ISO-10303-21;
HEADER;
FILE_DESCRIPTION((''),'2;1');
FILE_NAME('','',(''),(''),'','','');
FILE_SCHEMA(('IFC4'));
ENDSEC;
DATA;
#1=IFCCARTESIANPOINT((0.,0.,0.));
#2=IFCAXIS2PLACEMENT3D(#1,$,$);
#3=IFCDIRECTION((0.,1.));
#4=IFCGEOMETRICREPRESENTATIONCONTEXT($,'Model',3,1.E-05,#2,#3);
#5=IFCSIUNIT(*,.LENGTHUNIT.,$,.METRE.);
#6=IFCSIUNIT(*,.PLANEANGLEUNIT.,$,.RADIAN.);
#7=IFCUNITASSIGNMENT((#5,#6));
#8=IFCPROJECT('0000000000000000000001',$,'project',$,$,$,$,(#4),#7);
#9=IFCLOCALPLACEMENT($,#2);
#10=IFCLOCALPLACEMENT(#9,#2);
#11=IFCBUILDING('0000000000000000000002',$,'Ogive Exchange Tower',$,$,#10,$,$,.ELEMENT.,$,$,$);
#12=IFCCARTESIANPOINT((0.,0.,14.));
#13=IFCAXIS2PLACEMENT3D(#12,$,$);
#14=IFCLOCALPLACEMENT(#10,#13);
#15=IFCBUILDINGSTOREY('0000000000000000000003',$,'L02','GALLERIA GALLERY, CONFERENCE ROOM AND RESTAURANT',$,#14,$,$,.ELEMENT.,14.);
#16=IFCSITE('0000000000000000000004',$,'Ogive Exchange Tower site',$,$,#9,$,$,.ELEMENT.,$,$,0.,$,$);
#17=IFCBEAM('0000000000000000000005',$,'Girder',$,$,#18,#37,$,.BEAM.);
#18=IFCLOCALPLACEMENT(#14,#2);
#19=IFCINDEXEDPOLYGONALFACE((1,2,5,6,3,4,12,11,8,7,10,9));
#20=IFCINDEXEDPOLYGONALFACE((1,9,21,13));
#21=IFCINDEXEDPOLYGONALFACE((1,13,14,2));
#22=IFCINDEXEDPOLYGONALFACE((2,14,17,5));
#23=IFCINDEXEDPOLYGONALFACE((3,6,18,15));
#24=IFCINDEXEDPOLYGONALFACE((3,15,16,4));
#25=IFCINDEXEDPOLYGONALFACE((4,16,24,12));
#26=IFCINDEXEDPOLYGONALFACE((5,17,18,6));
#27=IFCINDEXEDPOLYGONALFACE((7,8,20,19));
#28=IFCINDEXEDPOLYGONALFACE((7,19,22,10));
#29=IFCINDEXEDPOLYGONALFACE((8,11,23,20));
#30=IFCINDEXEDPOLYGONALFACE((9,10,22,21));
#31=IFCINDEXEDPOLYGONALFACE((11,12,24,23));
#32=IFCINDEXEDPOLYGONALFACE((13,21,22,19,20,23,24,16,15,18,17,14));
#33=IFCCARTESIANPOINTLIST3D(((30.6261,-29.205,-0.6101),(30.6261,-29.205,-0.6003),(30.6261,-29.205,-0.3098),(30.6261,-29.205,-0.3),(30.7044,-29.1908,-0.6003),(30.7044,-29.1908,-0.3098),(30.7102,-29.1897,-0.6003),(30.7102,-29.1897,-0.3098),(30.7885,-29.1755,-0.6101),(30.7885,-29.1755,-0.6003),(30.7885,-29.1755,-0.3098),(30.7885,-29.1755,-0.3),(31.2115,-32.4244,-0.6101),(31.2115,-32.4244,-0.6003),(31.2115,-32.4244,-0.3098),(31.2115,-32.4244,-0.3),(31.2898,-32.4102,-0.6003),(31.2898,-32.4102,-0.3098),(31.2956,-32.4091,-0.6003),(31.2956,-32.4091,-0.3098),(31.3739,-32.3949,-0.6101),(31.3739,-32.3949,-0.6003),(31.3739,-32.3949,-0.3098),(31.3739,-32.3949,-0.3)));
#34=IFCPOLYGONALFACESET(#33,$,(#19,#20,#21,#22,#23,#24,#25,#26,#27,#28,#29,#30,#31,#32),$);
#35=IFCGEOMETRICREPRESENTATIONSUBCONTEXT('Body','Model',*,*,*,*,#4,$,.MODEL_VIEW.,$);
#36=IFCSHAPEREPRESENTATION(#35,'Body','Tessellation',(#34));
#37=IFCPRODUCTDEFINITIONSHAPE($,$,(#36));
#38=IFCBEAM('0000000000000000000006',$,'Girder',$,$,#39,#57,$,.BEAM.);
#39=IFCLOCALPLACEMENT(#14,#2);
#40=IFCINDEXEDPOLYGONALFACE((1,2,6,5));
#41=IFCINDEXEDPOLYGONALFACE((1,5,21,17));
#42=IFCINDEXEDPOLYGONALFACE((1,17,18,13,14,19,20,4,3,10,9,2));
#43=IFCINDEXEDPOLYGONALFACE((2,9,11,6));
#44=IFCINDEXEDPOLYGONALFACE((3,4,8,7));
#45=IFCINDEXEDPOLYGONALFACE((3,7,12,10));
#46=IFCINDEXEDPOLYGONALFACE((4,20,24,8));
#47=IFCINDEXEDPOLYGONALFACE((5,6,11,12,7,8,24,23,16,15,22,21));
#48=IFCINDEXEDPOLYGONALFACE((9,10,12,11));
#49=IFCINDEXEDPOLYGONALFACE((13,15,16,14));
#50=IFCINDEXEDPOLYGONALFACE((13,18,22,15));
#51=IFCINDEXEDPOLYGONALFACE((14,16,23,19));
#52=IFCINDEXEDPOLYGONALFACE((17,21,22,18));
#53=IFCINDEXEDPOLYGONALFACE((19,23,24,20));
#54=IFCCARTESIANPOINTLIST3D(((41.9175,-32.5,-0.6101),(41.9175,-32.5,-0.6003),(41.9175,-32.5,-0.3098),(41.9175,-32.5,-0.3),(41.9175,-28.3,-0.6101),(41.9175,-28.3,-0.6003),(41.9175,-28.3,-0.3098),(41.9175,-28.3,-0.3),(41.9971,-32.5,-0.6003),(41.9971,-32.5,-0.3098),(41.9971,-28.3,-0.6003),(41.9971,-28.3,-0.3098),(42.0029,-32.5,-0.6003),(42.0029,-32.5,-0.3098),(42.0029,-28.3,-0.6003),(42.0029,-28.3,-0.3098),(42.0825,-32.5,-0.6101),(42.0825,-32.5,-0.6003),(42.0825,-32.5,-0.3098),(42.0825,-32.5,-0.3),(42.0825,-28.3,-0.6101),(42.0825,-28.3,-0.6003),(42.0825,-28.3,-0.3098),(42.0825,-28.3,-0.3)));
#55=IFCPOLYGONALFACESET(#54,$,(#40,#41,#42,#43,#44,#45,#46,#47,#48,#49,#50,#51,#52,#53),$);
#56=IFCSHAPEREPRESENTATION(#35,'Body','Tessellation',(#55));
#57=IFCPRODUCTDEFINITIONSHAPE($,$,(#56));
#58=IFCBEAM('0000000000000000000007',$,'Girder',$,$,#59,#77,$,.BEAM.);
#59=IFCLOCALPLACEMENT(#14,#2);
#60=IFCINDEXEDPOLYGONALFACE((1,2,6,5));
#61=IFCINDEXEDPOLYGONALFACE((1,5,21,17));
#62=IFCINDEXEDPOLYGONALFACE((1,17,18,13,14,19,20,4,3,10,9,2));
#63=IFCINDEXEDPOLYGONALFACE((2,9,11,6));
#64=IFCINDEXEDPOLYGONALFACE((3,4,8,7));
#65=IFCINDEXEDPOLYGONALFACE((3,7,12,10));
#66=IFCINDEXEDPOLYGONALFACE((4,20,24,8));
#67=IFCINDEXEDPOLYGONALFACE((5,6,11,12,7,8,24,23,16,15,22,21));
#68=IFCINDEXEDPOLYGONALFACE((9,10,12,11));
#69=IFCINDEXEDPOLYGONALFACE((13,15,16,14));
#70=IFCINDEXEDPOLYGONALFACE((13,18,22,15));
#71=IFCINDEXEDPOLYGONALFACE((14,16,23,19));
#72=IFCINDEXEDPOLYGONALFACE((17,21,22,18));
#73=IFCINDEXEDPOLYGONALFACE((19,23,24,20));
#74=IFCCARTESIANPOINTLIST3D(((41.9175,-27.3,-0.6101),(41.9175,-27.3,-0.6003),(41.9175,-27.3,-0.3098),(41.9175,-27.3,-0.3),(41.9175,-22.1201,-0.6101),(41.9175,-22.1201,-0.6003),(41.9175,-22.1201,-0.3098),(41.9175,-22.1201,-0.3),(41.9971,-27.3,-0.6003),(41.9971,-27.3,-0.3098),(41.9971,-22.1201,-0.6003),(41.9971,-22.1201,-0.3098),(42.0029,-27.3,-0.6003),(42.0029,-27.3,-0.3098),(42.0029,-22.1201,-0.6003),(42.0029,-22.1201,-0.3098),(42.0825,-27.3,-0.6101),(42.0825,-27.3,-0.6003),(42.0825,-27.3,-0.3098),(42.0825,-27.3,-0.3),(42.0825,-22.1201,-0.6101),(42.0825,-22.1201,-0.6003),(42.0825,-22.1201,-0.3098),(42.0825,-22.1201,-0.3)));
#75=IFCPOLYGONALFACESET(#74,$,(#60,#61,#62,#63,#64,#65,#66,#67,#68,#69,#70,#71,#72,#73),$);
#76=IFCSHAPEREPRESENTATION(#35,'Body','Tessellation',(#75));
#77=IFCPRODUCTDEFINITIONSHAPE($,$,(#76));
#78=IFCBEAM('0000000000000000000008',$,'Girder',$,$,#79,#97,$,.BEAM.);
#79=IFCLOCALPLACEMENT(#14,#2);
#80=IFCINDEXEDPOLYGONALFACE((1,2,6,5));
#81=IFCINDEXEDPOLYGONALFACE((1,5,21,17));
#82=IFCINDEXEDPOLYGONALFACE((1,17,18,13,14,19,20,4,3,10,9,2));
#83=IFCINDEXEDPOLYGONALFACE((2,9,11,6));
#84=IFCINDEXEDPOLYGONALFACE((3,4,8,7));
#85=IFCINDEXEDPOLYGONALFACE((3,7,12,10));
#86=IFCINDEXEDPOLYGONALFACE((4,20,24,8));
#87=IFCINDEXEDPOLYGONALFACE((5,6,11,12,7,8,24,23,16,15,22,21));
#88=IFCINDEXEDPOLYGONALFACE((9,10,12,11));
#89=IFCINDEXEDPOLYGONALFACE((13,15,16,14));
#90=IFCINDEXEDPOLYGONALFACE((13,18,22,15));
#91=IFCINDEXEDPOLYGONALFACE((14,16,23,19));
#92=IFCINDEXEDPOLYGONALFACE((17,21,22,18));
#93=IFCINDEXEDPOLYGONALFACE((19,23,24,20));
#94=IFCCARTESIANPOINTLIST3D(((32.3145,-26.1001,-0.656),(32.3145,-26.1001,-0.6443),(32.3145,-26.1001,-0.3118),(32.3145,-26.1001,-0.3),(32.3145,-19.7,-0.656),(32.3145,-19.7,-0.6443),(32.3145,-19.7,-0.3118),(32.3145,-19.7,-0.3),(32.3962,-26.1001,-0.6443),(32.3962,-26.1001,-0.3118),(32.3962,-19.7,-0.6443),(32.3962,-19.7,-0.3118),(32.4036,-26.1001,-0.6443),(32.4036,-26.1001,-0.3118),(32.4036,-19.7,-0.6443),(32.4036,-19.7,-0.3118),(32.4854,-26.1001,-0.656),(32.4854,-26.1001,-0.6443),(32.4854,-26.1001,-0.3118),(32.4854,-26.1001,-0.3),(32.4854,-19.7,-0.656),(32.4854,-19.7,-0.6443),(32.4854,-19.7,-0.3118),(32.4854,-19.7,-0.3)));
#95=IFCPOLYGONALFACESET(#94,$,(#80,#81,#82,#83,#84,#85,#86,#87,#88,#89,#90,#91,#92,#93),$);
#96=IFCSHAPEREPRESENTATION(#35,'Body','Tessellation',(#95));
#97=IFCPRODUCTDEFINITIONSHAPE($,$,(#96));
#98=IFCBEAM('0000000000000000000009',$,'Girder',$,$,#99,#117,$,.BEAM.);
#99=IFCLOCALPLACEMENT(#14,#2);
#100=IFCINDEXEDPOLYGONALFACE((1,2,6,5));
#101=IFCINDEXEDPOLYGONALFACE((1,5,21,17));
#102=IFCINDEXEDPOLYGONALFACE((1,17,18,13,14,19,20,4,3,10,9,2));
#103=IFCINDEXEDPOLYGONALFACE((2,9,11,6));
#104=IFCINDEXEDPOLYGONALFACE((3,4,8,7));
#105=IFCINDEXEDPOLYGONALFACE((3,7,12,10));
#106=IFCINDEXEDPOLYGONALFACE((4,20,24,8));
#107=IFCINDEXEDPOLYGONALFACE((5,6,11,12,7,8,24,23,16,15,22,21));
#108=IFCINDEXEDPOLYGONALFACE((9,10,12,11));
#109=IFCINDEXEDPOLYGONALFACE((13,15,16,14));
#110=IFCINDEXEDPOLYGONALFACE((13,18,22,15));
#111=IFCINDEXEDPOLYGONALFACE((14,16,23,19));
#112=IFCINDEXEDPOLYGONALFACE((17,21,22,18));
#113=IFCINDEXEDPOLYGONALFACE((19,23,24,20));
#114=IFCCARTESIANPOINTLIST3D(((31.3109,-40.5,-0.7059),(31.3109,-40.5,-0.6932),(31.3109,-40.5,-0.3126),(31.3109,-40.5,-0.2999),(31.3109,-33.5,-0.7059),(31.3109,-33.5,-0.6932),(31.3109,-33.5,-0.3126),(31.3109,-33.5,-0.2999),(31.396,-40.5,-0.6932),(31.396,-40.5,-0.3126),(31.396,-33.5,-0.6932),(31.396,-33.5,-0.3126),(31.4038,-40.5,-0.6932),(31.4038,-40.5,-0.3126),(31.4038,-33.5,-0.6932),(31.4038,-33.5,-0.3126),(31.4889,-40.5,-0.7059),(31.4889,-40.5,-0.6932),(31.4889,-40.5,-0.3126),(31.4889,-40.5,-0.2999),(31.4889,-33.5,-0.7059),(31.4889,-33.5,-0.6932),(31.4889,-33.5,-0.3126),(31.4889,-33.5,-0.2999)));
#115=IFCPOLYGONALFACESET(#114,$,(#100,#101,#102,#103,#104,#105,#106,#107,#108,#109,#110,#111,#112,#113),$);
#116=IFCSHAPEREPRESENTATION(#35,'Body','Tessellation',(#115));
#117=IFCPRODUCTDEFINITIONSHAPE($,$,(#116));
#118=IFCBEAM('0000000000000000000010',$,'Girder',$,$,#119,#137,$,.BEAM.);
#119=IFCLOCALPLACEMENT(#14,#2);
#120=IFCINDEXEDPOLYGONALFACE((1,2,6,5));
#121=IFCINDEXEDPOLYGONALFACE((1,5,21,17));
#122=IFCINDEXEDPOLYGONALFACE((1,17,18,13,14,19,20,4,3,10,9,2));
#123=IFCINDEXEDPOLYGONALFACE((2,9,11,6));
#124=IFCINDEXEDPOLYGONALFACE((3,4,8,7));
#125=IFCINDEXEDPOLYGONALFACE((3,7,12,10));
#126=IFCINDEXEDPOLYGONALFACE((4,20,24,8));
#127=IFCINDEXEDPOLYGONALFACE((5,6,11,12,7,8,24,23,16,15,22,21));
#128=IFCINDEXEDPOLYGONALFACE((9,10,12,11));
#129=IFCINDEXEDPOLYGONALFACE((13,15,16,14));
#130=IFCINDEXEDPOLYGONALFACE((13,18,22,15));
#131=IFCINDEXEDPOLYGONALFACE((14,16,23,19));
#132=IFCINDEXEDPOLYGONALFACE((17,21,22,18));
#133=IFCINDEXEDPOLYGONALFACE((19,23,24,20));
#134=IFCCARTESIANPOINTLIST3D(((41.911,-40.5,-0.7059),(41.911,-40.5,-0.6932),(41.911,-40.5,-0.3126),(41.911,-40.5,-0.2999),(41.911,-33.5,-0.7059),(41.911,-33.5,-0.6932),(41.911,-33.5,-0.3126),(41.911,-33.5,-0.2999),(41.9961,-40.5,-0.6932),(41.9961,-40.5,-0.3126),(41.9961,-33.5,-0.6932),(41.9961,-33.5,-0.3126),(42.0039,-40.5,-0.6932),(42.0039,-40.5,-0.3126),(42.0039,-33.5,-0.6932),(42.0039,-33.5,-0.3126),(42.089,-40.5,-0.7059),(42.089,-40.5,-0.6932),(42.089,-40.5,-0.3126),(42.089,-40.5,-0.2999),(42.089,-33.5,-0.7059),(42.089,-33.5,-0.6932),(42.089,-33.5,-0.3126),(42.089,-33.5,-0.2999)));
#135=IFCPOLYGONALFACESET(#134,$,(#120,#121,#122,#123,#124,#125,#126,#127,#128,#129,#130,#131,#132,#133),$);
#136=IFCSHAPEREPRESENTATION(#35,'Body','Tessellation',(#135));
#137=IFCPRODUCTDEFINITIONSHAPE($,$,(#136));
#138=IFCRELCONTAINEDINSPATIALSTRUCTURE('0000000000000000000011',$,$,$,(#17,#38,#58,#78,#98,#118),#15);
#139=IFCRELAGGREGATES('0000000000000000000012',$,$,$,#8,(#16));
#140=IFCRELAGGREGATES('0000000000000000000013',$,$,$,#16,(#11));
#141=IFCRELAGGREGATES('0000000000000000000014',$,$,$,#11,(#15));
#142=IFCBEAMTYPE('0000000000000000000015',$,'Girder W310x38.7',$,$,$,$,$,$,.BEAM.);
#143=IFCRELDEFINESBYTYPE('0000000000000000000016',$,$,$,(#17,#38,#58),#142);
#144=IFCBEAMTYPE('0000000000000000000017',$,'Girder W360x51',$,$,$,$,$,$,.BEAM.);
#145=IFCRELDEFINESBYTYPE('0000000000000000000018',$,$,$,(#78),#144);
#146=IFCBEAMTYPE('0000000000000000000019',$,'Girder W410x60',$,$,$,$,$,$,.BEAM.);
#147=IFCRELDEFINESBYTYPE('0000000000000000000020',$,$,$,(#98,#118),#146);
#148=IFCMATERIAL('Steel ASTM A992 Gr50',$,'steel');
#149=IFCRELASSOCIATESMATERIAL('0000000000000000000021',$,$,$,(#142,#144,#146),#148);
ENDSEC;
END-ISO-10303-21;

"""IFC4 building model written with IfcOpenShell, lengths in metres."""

from ifc_helpers import new_model, si_unit, direction, frame, origin, origin_2d, place, context, subcontext, project, spatial, i_section, extrude, material, material_profile, profile_set, type_object, element, save


model = new_model("IFC4")

# Units and contexts
model_context = context("Model", 3, precision=1e-05, world=origin(), true_north=direction((0.0, 1.0)))
body_context = subcontext(model_context, "Body", "Model", "MODEL_VIEW")
ifc_project = project(units=[si_unit("LENGTHUNIT", "METRE"), si_unit("PLANEANGLEUNIT", "RADIAN")], contexts=[model_context])

# Site, building, storey
site_placement = place(None, origin())
site = spatial("IfcSite", under=ifc_project, at=site_placement, Name="Ogive Exchange Tower site", CompositionType="ELEMENT", RefElevation=0.0)
building_placement = place(site_placement, origin())
building = spatial("IfcBuilding", under=site, at=building_placement, Name="Ogive Exchange Tower", CompositionType="ELEMENT")
storey_placement = place(building_placement, frame((0.0, 0.0, 14.0)))
storey = spatial("IfcBuildingStorey", under=building, at=storey_placement, Name="L02", Description="GALLERIA GALLERY, CONFERENCE ROOM AND RESTAURANT", CompositionType="ELEMENT", Elevation=14.0)

# Beams
ifc_material_1 = material(Name="Steel ASTM A992 Gr50", Category="steel")
ifc_material_profile_1 = material_profile(ifc_material_1, i_section(OverallWidth=0.165, OverallDepth=0.3101, WebThickness=0.0059, FlangeThickness=0.0098, at=origin_2d()), Name="W310x38.7")
ifc_profile_set_1 = profile_set([ifc_material_profile_1], Name="Steel ASTM A992 Gr50")
beam_type_1 = type_object("IfcBeamType", Name="Girder W310x38.7", PredefinedType="BEAM", material=ifc_profile_set_1)
beam_1_placement = place(storey_placement, frame((31.2927, -32.4097, -0.4551), z_axis=(-0.178912, 0.983865, 0.0), x_axis=(-0.983865, -0.178912, 0.0)))
element("IfcBeam", 1, at=beam_1_placement, inside=storey, type_object=beam_type_1, Name="Girder", PredefinedType="BEAM", context=body_context, shape_type="SweptSolid", body=[
    extrude(i_section(OverallWidth=0.165, OverallDepth=0.3101, WebThickness=0.0059, FlangeThickness=0.0098, at=origin_2d()), origin(), (0.0, 0.0, 1.0), 3.2722),
])
beam_2_placement = place(storey_placement, frame((42.0, -32.5, -0.4551), z_axis=(0.0, 1.0, 0.0), x_axis=(-1.0, 0.0, 0.0)))
element("IfcBeam", 2, at=beam_2_placement, inside=storey, type_object=beam_type_1, Name="Girder", PredefinedType="BEAM", context=body_context, shape_type="SweptSolid", body=[
    extrude(i_section(OverallWidth=0.165, OverallDepth=0.3101, WebThickness=0.0059, FlangeThickness=0.0098, at=origin_2d()), origin(), (0.0, 0.0, 1.0), 4.2),
])
beam_3_placement = place(storey_placement, frame((42.0, -27.3, -0.4551), z_axis=(0.0, 1.0, 0.0), x_axis=(-1.0, 0.0, 0.0)))
element("IfcBeam", 3, at=beam_3_placement, inside=storey, type_object=beam_type_1, Name="Girder", PredefinedType="BEAM", context=body_context, shape_type="SweptSolid", body=[
    extrude(i_section(OverallWidth=0.165, OverallDepth=0.3101, WebThickness=0.0059, FlangeThickness=0.0098, at=origin_2d()), origin(), (0.0, 0.0, 1.0), 5.1799),
])
ifc_material_profile_2 = material_profile(ifc_material_1, i_section(OverallWidth=0.1709, OverallDepth=0.356, WebThickness=0.0073, FlangeThickness=0.0117, at=origin_2d()), Name="W360x51")
ifc_profile_set_2 = profile_set([ifc_material_profile_2], Name="Steel ASTM A992 Gr50")
beam_type_2 = type_object("IfcBeamType", Name="Girder W360x51", PredefinedType="BEAM", material=ifc_profile_set_2)
beam_4_placement = place(storey_placement, frame((32.3999, -26.1001, -0.478), z_axis=(0.0, 1.0, 0.0), x_axis=(-1.0, 0.0, 0.0)))
element("IfcBeam", 4, at=beam_4_placement, inside=storey, type_object=beam_type_2, Name="Girder", PredefinedType="BEAM", context=body_context, shape_type="SweptSolid", body=[
    extrude(i_section(OverallWidth=0.1709, OverallDepth=0.356, WebThickness=0.0073, FlangeThickness=0.0117, at=origin_2d()), origin(), (0.0, 0.0, 1.0), 6.4001),
])
ifc_material_profile_3 = material_profile(ifc_material_1, i_section(OverallWidth=0.178, OverallDepth=0.406, WebThickness=0.0078, FlangeThickness=0.0127, at=origin_2d()), Name="W410x60")
ifc_profile_set_3 = profile_set([ifc_material_profile_3], Name="Steel ASTM A992 Gr50")
beam_type_3 = type_object("IfcBeamType", Name="Girder W410x60", PredefinedType="BEAM", material=ifc_profile_set_3)
for number, where, z_axis, x_axis, name in (
    (5, (31.3999, -40.5, -0.5029), (0.0, 1.0, 0.0), (-1.0, 0.0, 0.0), "Girder"),
    (6, (42.0, -40.5, -0.5029), (0.0, 1.0, 0.0), (-1.0, 0.0, 0.0), "Girder"),
):
    element("IfcBeam", number, at=place(storey_placement, frame(where, z_axis=z_axis, x_axis=x_axis)), inside=storey, type_object=beam_type_3, Name=name, PredefinedType="BEAM", context=body_context, shape_type="SweptSolid", body=[
        extrude(i_section(OverallWidth=0.178, OverallDepth=0.406, WebThickness=0.0078, FlangeThickness=0.0127, at=origin_2d()), origin(), (0.0, 0.0, 1.0), 7.0),
    ])

save(model, "model.ifc")
